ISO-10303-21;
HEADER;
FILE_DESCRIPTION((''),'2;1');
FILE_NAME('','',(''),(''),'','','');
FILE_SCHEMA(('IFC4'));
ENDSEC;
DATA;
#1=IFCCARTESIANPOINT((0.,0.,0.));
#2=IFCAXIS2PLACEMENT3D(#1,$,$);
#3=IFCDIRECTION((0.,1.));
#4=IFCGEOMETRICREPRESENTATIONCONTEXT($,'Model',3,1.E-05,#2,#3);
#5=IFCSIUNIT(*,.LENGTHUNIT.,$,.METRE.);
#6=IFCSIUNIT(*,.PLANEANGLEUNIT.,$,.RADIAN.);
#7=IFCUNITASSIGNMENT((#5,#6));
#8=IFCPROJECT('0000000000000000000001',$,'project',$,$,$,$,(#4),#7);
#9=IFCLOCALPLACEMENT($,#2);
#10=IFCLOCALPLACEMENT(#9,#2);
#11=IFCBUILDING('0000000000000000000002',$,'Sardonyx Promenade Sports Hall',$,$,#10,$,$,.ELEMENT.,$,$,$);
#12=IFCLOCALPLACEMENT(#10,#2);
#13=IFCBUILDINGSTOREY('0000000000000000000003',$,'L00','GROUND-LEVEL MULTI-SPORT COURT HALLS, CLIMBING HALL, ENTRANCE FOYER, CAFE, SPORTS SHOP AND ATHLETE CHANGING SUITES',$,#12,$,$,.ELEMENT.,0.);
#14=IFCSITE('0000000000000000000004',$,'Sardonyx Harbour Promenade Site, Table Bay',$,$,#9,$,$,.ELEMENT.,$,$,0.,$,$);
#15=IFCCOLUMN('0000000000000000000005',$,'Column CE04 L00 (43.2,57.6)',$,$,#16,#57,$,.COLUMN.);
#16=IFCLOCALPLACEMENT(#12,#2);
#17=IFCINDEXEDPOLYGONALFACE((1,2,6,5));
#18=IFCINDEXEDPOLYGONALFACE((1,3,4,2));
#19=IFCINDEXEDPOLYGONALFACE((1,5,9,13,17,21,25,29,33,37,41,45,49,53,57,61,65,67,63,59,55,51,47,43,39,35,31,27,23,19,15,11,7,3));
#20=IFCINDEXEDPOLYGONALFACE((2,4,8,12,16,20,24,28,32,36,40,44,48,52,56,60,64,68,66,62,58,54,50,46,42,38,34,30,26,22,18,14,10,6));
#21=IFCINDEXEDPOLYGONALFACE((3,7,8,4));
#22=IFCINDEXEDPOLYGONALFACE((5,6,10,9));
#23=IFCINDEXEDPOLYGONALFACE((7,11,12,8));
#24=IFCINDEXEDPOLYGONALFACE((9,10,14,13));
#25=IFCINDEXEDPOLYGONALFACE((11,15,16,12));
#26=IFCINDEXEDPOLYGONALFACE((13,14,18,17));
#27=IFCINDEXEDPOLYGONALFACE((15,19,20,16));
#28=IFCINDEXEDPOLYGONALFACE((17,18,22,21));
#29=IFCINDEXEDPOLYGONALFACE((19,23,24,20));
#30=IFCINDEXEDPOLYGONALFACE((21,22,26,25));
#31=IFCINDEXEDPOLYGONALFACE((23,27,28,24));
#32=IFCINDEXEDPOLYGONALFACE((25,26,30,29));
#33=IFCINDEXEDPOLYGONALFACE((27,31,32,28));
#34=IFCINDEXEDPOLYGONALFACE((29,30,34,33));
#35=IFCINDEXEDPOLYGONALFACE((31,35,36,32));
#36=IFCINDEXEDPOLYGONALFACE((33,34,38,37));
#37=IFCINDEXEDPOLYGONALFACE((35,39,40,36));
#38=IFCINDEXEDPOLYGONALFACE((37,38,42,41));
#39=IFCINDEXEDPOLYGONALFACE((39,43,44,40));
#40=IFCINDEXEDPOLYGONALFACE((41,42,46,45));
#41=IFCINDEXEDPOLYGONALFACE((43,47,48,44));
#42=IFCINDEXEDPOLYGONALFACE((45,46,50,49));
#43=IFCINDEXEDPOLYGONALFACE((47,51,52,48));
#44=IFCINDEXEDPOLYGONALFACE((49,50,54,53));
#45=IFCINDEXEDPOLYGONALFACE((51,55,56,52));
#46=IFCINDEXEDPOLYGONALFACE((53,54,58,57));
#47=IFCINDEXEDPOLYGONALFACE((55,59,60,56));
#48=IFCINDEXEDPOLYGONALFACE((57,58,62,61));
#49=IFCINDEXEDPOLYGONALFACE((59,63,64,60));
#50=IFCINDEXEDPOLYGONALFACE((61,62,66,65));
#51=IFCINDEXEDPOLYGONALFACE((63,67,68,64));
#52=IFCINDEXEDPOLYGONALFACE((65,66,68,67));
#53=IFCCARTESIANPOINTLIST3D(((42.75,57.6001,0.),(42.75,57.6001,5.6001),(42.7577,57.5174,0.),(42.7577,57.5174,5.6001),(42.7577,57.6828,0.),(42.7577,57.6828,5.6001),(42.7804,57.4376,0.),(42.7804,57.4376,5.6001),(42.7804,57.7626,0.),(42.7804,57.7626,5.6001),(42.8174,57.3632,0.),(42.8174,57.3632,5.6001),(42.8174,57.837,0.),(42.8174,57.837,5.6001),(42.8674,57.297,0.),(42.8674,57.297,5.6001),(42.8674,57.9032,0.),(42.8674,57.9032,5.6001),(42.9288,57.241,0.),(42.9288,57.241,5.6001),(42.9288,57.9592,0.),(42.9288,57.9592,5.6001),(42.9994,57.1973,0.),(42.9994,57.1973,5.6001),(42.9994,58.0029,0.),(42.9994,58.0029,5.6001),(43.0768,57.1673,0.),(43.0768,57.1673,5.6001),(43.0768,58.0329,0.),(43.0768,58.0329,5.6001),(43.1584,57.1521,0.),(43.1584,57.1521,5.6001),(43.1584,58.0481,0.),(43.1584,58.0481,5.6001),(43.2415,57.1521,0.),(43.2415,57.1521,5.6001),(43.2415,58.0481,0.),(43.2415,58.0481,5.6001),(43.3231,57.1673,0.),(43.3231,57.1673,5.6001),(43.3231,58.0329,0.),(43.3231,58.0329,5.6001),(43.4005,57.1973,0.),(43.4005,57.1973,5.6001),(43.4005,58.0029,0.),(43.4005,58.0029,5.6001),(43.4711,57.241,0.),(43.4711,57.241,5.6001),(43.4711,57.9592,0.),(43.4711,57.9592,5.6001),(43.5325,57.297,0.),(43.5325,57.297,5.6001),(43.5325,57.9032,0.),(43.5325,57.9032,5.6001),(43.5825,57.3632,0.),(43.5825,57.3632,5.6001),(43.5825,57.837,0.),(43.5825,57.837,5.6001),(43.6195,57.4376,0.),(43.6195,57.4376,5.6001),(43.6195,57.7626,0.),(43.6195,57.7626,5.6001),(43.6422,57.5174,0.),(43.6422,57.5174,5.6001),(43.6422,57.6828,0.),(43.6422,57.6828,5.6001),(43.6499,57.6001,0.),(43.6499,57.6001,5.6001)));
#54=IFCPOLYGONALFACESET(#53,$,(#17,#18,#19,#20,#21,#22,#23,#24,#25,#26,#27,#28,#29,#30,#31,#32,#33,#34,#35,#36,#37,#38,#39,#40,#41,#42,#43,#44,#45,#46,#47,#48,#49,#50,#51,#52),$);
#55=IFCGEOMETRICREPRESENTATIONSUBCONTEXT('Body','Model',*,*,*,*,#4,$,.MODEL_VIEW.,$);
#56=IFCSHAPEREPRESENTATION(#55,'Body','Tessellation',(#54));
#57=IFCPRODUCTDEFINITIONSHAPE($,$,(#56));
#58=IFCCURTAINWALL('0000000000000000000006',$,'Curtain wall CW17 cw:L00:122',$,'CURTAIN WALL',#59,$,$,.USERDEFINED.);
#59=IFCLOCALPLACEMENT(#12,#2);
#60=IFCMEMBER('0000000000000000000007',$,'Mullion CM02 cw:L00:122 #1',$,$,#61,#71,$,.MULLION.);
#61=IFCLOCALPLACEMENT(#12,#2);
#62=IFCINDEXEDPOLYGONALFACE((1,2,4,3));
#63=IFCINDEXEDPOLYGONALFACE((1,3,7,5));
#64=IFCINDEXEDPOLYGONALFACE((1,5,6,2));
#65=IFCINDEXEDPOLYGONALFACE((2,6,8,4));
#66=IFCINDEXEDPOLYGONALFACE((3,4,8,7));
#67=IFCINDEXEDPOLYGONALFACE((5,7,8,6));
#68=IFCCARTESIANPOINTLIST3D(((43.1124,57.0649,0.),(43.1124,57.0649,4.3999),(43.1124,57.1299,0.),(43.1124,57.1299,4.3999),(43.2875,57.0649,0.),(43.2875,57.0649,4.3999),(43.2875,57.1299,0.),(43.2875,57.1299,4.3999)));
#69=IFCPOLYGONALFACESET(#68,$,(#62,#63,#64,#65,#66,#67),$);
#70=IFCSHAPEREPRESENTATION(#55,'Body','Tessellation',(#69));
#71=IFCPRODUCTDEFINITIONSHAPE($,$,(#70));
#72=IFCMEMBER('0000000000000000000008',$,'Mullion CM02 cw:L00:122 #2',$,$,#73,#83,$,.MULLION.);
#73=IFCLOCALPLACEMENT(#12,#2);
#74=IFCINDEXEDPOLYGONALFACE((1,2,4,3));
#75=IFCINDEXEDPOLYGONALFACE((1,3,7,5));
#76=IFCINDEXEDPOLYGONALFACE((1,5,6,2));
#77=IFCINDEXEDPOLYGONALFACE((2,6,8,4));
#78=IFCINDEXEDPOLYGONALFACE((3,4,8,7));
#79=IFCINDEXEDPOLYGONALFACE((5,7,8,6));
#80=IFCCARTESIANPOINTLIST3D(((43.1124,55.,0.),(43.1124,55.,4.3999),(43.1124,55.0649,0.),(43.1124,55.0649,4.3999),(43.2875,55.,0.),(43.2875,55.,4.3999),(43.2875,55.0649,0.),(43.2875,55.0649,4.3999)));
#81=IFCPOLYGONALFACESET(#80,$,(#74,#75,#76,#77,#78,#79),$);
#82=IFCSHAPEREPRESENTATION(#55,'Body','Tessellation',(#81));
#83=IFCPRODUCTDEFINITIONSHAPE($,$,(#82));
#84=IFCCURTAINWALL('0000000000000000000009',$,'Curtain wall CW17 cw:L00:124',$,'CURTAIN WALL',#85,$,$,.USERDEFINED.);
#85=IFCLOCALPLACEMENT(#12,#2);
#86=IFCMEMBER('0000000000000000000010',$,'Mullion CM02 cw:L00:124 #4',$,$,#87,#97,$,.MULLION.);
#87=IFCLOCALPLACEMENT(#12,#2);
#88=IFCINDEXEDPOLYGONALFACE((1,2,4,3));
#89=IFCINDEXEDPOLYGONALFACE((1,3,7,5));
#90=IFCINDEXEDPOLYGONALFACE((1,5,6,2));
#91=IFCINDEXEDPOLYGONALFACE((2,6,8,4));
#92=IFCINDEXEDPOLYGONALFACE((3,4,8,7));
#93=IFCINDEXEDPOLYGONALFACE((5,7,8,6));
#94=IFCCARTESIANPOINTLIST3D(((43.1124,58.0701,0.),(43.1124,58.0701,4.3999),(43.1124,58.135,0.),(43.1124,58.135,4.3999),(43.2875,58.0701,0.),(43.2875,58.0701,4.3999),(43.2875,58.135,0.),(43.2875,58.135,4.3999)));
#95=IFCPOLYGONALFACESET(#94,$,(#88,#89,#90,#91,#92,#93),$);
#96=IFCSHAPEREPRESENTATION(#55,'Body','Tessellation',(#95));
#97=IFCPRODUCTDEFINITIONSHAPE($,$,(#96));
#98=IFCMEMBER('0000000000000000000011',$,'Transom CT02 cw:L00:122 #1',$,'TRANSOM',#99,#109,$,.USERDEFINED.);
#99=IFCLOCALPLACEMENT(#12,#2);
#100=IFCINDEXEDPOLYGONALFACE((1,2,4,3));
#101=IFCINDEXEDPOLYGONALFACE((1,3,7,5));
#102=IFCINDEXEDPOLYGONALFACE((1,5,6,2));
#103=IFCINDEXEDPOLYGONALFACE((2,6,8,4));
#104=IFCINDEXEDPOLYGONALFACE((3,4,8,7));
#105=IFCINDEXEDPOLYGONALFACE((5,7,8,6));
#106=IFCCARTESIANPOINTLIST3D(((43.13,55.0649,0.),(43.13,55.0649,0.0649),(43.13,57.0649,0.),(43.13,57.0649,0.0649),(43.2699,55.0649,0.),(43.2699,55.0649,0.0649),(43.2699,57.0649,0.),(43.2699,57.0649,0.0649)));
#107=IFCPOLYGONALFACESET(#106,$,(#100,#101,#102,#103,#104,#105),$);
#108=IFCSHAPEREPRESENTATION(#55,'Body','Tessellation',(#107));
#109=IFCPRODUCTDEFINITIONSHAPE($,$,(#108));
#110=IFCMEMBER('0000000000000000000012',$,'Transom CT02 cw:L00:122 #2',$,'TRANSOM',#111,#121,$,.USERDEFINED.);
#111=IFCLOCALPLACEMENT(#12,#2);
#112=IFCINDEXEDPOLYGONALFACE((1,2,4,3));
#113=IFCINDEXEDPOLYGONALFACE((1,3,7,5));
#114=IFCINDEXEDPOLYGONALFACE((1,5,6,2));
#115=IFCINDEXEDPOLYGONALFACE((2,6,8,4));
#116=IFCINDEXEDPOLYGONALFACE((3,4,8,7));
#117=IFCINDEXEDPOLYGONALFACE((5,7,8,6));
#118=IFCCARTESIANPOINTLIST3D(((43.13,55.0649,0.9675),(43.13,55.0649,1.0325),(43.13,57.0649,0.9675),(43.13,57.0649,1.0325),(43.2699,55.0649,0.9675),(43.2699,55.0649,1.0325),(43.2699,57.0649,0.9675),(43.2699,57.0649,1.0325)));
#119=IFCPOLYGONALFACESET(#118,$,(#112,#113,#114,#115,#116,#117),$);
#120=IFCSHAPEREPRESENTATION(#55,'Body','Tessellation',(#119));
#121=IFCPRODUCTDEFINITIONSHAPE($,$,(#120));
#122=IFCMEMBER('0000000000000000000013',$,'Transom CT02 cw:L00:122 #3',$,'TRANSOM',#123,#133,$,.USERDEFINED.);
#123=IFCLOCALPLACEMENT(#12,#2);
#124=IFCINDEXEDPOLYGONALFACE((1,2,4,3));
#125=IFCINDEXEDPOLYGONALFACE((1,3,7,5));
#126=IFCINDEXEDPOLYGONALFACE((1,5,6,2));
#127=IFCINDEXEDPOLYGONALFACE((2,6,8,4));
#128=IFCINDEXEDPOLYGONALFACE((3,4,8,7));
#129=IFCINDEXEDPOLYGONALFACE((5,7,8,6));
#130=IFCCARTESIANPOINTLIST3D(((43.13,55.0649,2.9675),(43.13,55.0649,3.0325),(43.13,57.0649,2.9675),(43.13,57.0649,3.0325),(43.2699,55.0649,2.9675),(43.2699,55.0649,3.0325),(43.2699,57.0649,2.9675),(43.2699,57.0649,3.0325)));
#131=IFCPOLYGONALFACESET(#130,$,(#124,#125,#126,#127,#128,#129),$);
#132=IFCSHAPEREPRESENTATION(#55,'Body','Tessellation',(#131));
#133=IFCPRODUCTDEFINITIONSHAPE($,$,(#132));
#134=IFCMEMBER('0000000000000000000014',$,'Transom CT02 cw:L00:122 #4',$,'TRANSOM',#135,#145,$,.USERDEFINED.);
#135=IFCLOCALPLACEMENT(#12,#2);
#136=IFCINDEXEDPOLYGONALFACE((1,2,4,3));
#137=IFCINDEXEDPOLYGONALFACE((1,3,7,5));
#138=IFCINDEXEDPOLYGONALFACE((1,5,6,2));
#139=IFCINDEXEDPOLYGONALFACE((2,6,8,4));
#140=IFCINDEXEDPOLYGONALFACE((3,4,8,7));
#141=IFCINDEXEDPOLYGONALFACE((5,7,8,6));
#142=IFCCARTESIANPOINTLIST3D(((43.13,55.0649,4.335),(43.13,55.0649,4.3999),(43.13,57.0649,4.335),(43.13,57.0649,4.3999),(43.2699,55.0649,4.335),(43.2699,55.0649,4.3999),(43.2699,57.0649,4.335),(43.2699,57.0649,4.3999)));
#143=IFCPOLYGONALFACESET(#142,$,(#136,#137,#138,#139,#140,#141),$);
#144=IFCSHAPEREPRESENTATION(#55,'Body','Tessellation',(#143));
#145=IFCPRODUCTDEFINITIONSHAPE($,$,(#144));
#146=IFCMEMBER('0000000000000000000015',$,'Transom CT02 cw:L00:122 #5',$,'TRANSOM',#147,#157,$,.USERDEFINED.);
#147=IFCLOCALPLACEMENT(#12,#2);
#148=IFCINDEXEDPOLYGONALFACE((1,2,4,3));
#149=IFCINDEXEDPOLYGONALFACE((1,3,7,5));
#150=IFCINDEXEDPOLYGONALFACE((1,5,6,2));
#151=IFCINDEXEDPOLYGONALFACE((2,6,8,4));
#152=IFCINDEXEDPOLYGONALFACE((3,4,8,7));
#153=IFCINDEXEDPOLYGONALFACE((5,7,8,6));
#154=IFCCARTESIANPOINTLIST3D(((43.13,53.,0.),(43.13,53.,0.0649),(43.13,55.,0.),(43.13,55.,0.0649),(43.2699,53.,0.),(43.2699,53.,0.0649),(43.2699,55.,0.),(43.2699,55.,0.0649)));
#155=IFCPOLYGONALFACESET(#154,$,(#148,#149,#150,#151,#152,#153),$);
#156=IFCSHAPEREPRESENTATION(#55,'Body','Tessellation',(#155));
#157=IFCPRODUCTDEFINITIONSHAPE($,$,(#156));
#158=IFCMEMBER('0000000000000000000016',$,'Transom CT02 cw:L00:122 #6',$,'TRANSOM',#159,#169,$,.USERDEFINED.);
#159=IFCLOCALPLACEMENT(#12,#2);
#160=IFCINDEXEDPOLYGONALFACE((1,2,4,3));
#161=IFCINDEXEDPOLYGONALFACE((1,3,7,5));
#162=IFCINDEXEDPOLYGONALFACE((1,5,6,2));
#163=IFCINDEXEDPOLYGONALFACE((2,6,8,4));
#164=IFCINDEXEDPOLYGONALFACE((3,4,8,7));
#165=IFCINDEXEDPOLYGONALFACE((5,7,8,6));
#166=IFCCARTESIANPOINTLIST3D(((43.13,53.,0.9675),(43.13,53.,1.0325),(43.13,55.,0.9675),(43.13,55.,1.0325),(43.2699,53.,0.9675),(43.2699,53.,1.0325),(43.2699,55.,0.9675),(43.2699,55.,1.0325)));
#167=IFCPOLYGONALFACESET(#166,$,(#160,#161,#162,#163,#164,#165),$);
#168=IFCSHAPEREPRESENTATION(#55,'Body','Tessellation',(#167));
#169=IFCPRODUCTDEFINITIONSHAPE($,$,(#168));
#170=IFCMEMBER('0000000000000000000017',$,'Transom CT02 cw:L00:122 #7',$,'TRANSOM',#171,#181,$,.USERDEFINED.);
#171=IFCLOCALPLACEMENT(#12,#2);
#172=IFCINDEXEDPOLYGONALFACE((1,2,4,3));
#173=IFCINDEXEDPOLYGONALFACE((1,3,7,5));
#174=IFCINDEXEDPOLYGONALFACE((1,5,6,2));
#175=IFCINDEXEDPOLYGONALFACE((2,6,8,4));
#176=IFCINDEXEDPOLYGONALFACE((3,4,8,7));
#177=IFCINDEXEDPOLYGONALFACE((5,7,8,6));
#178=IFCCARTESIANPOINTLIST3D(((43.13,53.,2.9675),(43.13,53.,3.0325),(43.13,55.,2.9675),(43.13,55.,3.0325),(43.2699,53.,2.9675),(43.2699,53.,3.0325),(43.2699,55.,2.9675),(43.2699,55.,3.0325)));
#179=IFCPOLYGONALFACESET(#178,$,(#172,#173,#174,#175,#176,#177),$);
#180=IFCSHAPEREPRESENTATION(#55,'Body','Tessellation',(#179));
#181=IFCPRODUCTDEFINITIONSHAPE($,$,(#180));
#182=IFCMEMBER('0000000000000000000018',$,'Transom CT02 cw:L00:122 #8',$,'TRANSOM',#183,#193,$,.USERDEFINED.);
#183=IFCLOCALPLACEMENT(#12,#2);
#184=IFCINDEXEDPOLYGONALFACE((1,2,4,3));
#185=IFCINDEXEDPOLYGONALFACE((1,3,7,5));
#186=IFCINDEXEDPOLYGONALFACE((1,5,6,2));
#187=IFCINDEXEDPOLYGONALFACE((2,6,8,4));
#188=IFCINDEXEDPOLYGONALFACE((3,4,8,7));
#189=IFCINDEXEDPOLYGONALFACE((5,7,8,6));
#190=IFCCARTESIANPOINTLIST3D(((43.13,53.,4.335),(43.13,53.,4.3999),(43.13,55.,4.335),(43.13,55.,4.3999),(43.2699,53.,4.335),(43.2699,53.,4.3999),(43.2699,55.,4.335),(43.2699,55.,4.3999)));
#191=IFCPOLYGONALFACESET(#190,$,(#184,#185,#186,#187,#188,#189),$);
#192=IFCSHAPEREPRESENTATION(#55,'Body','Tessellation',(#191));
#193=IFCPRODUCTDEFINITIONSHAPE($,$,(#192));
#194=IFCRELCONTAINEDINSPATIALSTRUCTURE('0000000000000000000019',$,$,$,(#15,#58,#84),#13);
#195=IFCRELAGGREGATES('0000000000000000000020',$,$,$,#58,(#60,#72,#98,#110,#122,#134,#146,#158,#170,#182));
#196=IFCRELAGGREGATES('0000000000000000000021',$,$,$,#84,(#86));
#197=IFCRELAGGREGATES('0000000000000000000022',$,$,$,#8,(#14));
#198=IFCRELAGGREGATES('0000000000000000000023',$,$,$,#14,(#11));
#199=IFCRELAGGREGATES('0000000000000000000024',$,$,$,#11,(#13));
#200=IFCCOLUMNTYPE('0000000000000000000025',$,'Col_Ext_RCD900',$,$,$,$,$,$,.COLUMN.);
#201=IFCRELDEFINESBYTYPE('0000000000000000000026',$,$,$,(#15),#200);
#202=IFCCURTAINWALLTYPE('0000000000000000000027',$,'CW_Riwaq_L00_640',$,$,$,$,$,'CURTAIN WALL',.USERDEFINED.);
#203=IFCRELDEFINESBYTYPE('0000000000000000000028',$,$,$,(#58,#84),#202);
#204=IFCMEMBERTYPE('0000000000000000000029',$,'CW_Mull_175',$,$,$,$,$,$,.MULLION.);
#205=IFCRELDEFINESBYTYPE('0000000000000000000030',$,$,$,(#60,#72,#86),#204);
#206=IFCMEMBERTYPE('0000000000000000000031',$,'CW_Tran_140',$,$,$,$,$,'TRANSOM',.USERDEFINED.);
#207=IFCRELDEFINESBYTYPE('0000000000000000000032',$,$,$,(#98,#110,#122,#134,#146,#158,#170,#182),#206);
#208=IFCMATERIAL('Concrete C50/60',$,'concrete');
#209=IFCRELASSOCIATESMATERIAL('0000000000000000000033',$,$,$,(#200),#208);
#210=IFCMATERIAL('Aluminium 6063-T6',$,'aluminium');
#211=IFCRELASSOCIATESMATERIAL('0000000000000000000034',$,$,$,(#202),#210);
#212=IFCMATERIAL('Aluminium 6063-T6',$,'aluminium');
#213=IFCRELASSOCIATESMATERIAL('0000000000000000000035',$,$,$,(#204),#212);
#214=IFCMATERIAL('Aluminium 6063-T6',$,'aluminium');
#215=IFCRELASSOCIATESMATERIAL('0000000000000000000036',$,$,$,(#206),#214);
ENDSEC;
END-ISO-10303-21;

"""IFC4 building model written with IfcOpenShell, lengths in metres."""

from ifc_helpers import new_model, si_unit, direction, frame, origin, origin_2d, place, context, subcontext, project, spatial, rectangle, circle, extrude, material, material_profile, profile_set, type_object, element, aggregate, save


model = new_model("IFC4")

# Units and contexts
model_context = context("Model", 3, precision=1e-05, world=origin(), true_north=direction((0.0, 1.0)))
body_context = subcontext(model_context, "Body", "Model", "MODEL_VIEW")
ifc_project = project(units=[si_unit("LENGTHUNIT", "METRE"), si_unit("PLANEANGLEUNIT", "RADIAN")], contexts=[model_context])

# Site, building, storey
site_placement = place(None, origin())
site = spatial("IfcSite", under=ifc_project, at=site_placement, Name="Sardonyx Harbour Promenade Site, Table Bay", CompositionType="ELEMENT", RefElevation=0.0)
building_placement = place(site_placement, origin())
building = spatial("IfcBuilding", under=site, at=building_placement, Name="Sardonyx Promenade Sports Hall", CompositionType="ELEMENT")
storey_placement = place(building_placement, origin())
storey = spatial("IfcBuildingStorey", under=building, at=storey_placement, Name="L00", Description="GROUND-LEVEL MULTI-SPORT COURT HALLS, CLIMBING HALL, ENTRANCE FOYER, CAFE, SPORTS SHOP AND ATHLETE CHANGING SUITES", CompositionType="ELEMENT", Elevation=0.0)

# Column
ifc_material_1 = material(Name="Concrete C50/60", Category="concrete")
ifc_material_profile_1 = material_profile(ifc_material_1, circle(Radius=0.45, at=origin_2d()))
ifc_profile_set_1 = profile_set([ifc_material_profile_1], Name="Concrete C50/60")
column_type = type_object("IfcColumnType", Name="Col_Ext_RCD900", PredefinedType="COLUMN", material=ifc_profile_set_1)
column_placement = place(storey_placement, frame((43.2, 57.6001, 0.0), z_axis=(0.0, 0.0, 1.0), x_axis=(1.0, 0.0, 0.0)))
element("IfcColumn", 1, at=column_placement, inside=storey, type_object=column_type, Name="Column CE04 L00 (43.2,57.6)", PredefinedType="COLUMN", context=body_context, shape_type="SweptSolid", body=[
    extrude(circle(Radius=0.45, at=origin_2d()), origin(), (0.0, 0.0, 1.0), 5.6001),
])

# Curtain wall, members
ifc_material_2 = material(Name="Aluminium 6063-T6", Category="aluminium")
curtain_wall_type = type_object("IfcCurtainWallType", Name="CW_Riwaq_L00_640", ElementType="CURTAIN WALL", PredefinedType="USERDEFINED", material=ifc_material_2)
curtain_wall_1_placement = place(storey_placement, origin())
curtain_wall_1 = element("IfcCurtainWall", 2, at=curtain_wall_1_placement, inside=storey, type_object=curtain_wall_type, Name="Curtain wall CW17 cw:L00:122", ObjectType="CURTAIN WALL", PredefinedType="USERDEFINED")
ifc_material_3 = material(Name="Aluminium 6063-T6", Category="aluminium")
ifc_material_profile_2 = material_profile(ifc_material_3, rectangle(XDim=0.0649, YDim=0.175, at=origin_2d()))
ifc_profile_set_2 = profile_set([ifc_material_profile_2], Name="Aluminium 6063-T6")
member_type_1 = type_object("IfcMemberType", Name="CW_Mull_175", PredefinedType="MULLION", material=ifc_profile_set_2)
member_1_placement = place(storey_placement, frame((43.2, 57.0974, 0.0), z_axis=(0.0, 0.0, 1.0), x_axis=(0.0, -1.0, 0.0)))
member_1 = element("IfcMember", 3, at=member_1_placement, type_object=member_type_1, Name="Mullion CM02 cw:L00:122 #1", PredefinedType="MULLION", context=body_context, shape_type="SweptSolid", body=[
    extrude(rectangle(XDim=0.0649, YDim=0.175, at=origin_2d()), origin(), (0.0, 0.0, 1.0), 4.3999),
])
member_2_placement = place(storey_placement, frame((43.2, 55.0325, 0.0), z_axis=(0.0, 0.0, 1.0), x_axis=(0.0, -1.0, 0.0)))
member_2 = element("IfcMember", 4, at=member_2_placement, type_object=member_type_1, Name="Mullion CM02 cw:L00:122 #2", PredefinedType="MULLION", context=body_context, shape_type="SweptSolid", body=[
    extrude(rectangle(XDim=0.0649, YDim=0.175, at=origin_2d()), origin(), (0.0, 0.0, 1.0), 4.3999),
])

# Curtain wall, member
curtain_wall_2_placement = place(storey_placement, origin())
curtain_wall_2 = element("IfcCurtainWall", 5, at=curtain_wall_2_placement, inside=storey, type_object=curtain_wall_type, Name="Curtain wall CW17 cw:L00:124", ObjectType="CURTAIN WALL", PredefinedType="USERDEFINED")
member_3_placement = place(storey_placement, frame((43.2, 58.1025, 0.0), z_axis=(0.0, 0.0, 1.0), x_axis=(0.0, -1.0, 0.0)))
member_3 = element("IfcMember", 6, at=member_3_placement, type_object=member_type_1, Name="Mullion CM02 cw:L00:124 #4", PredefinedType="MULLION", context=body_context, shape_type="SweptSolid", body=[
    extrude(rectangle(XDim=0.0649, YDim=0.175, at=origin_2d()), origin(), (0.0, 0.0, 1.0), 4.3999),
])

# Members
ifc_material_4 = material(Name="Aluminium 6063-T6", Category="aluminium")
ifc_material_profile_3 = material_profile(ifc_material_4, rectangle(XDim=0.0649, YDim=0.1399, at=origin_2d()))
ifc_profile_set_3 = profile_set([ifc_material_profile_3], Name="Aluminium 6063-T6")
member_type_2 = type_object("IfcMemberType", Name="CW_Tran_140", ElementType="TRANSOM", PredefinedType="USERDEFINED", material=ifc_profile_set_3)
member_4_placement = place(storey_placement, frame((43.2, 57.0649, 0.0325), z_axis=(0.0, -1.0, 0.0), x_axis=(0.0, 0.0, 1.0)))
member_4 = element("IfcMember", 7, at=member_4_placement, type_object=member_type_2, Name="Transom CT02 cw:L00:122 #1", ObjectType="TRANSOM", PredefinedType="USERDEFINED", context=body_context, shape_type="SweptSolid", body=[
    extrude(rectangle(XDim=0.0649, YDim=0.1399, at=origin_2d()), origin(), (0.0, 0.0, 1.0), 2.0),
])
member_5_placement = place(storey_placement, frame((43.2, 57.0649, 1.0), z_axis=(0.0, -1.0, 0.0), x_axis=(0.0, 0.0, 1.0)))
member_5 = element("IfcMember", 8, at=member_5_placement, type_object=member_type_2, Name="Transom CT02 cw:L00:122 #2", ObjectType="TRANSOM", PredefinedType="USERDEFINED", context=body_context, shape_type="SweptSolid", body=[
    extrude(rectangle(XDim=0.0649, YDim=0.1399, at=origin_2d()), origin(), (0.0, 0.0, 1.0), 2.0),
])
member_6_placement = place(storey_placement, frame((43.2, 57.0649, 3.0), z_axis=(0.0, -1.0, 0.0), x_axis=(0.0, 0.0, 1.0)))
member_6 = element("IfcMember", 9, at=member_6_placement, type_object=member_type_2, Name="Transom CT02 cw:L00:122 #3", ObjectType="TRANSOM", PredefinedType="USERDEFINED", context=body_context, shape_type="SweptSolid", body=[
    extrude(rectangle(XDim=0.0649, YDim=0.1399, at=origin_2d()), origin(), (0.0, 0.0, 1.0), 2.0),
])
member_7_placement = place(storey_placement, frame((43.2, 57.0649, 4.3674), z_axis=(0.0, -1.0, 0.0), x_axis=(0.0, 0.0, 1.0)))
member_7 = element("IfcMember", 10, at=member_7_placement, type_object=member_type_2, Name="Transom CT02 cw:L00:122 #4", ObjectType="TRANSOM", PredefinedType="USERDEFINED", context=body_context, shape_type="SweptSolid", body=[
    extrude(rectangle(XDim=0.0649, YDim=0.1399, at=origin_2d()), origin(), (0.0, 0.0, 1.0), 2.0),
])
member_8_placement = place(storey_placement, frame((43.2, 55.0, 0.0325), z_axis=(0.0, -1.0, 0.0), x_axis=(0.0, 0.0, 1.0)))
member_8 = element("IfcMember", 11, at=member_8_placement, type_object=member_type_2, Name="Transom CT02 cw:L00:122 #5", ObjectType="TRANSOM", PredefinedType="USERDEFINED", context=body_context, shape_type="SweptSolid", body=[
    extrude(rectangle(XDim=0.0649, YDim=0.1399, at=origin_2d()), origin(), (0.0, 0.0, 1.0), 2.0),
])
member_9_placement = place(storey_placement, frame((43.2, 55.0, 1.0), z_axis=(0.0, -1.0, 0.0), x_axis=(0.0, 0.0, 1.0)))
member_9 = element("IfcMember", 12, at=member_9_placement, type_object=member_type_2, Name="Transom CT02 cw:L00:122 #6", ObjectType="TRANSOM", PredefinedType="USERDEFINED", context=body_context, shape_type="SweptSolid", body=[
    extrude(rectangle(XDim=0.0649, YDim=0.1399, at=origin_2d()), origin(), (0.0, 0.0, 1.0), 2.0),
])
member_10_placement = place(storey_placement, frame((43.2, 55.0, 3.0), z_axis=(0.0, -1.0, 0.0), x_axis=(0.0, 0.0, 1.0)))
member_10 = element("IfcMember", 13, at=member_10_placement, type_object=member_type_2, Name="Transom CT02 cw:L00:122 #7", ObjectType="TRANSOM", PredefinedType="USERDEFINED", context=body_context, shape_type="SweptSolid", body=[
    extrude(rectangle(XDim=0.0649, YDim=0.1399, at=origin_2d()), origin(), (0.0, 0.0, 1.0), 2.0),
])
member_11_placement = place(storey_placement, frame((43.2, 55.0, 4.3674), z_axis=(0.0, -1.0, 0.0), x_axis=(0.0, 0.0, 1.0)))
member_11 = element("IfcMember", 14, at=member_11_placement, type_object=member_type_2, Name="Transom CT02 cw:L00:122 #8", ObjectType="TRANSOM", PredefinedType="USERDEFINED", context=body_context, shape_type="SweptSolid", body=[
    extrude(rectangle(XDim=0.0649, YDim=0.1399, at=origin_2d()), origin(), (0.0, 0.0, 1.0), 2.0),
])

aggregate(curtain_wall_1, [member_1, member_2, member_4, member_5, member_6, member_7, member_8, member_9, member_10, member_11])
aggregate(curtain_wall_2, [member_3])

save(model, "model.ifc")
